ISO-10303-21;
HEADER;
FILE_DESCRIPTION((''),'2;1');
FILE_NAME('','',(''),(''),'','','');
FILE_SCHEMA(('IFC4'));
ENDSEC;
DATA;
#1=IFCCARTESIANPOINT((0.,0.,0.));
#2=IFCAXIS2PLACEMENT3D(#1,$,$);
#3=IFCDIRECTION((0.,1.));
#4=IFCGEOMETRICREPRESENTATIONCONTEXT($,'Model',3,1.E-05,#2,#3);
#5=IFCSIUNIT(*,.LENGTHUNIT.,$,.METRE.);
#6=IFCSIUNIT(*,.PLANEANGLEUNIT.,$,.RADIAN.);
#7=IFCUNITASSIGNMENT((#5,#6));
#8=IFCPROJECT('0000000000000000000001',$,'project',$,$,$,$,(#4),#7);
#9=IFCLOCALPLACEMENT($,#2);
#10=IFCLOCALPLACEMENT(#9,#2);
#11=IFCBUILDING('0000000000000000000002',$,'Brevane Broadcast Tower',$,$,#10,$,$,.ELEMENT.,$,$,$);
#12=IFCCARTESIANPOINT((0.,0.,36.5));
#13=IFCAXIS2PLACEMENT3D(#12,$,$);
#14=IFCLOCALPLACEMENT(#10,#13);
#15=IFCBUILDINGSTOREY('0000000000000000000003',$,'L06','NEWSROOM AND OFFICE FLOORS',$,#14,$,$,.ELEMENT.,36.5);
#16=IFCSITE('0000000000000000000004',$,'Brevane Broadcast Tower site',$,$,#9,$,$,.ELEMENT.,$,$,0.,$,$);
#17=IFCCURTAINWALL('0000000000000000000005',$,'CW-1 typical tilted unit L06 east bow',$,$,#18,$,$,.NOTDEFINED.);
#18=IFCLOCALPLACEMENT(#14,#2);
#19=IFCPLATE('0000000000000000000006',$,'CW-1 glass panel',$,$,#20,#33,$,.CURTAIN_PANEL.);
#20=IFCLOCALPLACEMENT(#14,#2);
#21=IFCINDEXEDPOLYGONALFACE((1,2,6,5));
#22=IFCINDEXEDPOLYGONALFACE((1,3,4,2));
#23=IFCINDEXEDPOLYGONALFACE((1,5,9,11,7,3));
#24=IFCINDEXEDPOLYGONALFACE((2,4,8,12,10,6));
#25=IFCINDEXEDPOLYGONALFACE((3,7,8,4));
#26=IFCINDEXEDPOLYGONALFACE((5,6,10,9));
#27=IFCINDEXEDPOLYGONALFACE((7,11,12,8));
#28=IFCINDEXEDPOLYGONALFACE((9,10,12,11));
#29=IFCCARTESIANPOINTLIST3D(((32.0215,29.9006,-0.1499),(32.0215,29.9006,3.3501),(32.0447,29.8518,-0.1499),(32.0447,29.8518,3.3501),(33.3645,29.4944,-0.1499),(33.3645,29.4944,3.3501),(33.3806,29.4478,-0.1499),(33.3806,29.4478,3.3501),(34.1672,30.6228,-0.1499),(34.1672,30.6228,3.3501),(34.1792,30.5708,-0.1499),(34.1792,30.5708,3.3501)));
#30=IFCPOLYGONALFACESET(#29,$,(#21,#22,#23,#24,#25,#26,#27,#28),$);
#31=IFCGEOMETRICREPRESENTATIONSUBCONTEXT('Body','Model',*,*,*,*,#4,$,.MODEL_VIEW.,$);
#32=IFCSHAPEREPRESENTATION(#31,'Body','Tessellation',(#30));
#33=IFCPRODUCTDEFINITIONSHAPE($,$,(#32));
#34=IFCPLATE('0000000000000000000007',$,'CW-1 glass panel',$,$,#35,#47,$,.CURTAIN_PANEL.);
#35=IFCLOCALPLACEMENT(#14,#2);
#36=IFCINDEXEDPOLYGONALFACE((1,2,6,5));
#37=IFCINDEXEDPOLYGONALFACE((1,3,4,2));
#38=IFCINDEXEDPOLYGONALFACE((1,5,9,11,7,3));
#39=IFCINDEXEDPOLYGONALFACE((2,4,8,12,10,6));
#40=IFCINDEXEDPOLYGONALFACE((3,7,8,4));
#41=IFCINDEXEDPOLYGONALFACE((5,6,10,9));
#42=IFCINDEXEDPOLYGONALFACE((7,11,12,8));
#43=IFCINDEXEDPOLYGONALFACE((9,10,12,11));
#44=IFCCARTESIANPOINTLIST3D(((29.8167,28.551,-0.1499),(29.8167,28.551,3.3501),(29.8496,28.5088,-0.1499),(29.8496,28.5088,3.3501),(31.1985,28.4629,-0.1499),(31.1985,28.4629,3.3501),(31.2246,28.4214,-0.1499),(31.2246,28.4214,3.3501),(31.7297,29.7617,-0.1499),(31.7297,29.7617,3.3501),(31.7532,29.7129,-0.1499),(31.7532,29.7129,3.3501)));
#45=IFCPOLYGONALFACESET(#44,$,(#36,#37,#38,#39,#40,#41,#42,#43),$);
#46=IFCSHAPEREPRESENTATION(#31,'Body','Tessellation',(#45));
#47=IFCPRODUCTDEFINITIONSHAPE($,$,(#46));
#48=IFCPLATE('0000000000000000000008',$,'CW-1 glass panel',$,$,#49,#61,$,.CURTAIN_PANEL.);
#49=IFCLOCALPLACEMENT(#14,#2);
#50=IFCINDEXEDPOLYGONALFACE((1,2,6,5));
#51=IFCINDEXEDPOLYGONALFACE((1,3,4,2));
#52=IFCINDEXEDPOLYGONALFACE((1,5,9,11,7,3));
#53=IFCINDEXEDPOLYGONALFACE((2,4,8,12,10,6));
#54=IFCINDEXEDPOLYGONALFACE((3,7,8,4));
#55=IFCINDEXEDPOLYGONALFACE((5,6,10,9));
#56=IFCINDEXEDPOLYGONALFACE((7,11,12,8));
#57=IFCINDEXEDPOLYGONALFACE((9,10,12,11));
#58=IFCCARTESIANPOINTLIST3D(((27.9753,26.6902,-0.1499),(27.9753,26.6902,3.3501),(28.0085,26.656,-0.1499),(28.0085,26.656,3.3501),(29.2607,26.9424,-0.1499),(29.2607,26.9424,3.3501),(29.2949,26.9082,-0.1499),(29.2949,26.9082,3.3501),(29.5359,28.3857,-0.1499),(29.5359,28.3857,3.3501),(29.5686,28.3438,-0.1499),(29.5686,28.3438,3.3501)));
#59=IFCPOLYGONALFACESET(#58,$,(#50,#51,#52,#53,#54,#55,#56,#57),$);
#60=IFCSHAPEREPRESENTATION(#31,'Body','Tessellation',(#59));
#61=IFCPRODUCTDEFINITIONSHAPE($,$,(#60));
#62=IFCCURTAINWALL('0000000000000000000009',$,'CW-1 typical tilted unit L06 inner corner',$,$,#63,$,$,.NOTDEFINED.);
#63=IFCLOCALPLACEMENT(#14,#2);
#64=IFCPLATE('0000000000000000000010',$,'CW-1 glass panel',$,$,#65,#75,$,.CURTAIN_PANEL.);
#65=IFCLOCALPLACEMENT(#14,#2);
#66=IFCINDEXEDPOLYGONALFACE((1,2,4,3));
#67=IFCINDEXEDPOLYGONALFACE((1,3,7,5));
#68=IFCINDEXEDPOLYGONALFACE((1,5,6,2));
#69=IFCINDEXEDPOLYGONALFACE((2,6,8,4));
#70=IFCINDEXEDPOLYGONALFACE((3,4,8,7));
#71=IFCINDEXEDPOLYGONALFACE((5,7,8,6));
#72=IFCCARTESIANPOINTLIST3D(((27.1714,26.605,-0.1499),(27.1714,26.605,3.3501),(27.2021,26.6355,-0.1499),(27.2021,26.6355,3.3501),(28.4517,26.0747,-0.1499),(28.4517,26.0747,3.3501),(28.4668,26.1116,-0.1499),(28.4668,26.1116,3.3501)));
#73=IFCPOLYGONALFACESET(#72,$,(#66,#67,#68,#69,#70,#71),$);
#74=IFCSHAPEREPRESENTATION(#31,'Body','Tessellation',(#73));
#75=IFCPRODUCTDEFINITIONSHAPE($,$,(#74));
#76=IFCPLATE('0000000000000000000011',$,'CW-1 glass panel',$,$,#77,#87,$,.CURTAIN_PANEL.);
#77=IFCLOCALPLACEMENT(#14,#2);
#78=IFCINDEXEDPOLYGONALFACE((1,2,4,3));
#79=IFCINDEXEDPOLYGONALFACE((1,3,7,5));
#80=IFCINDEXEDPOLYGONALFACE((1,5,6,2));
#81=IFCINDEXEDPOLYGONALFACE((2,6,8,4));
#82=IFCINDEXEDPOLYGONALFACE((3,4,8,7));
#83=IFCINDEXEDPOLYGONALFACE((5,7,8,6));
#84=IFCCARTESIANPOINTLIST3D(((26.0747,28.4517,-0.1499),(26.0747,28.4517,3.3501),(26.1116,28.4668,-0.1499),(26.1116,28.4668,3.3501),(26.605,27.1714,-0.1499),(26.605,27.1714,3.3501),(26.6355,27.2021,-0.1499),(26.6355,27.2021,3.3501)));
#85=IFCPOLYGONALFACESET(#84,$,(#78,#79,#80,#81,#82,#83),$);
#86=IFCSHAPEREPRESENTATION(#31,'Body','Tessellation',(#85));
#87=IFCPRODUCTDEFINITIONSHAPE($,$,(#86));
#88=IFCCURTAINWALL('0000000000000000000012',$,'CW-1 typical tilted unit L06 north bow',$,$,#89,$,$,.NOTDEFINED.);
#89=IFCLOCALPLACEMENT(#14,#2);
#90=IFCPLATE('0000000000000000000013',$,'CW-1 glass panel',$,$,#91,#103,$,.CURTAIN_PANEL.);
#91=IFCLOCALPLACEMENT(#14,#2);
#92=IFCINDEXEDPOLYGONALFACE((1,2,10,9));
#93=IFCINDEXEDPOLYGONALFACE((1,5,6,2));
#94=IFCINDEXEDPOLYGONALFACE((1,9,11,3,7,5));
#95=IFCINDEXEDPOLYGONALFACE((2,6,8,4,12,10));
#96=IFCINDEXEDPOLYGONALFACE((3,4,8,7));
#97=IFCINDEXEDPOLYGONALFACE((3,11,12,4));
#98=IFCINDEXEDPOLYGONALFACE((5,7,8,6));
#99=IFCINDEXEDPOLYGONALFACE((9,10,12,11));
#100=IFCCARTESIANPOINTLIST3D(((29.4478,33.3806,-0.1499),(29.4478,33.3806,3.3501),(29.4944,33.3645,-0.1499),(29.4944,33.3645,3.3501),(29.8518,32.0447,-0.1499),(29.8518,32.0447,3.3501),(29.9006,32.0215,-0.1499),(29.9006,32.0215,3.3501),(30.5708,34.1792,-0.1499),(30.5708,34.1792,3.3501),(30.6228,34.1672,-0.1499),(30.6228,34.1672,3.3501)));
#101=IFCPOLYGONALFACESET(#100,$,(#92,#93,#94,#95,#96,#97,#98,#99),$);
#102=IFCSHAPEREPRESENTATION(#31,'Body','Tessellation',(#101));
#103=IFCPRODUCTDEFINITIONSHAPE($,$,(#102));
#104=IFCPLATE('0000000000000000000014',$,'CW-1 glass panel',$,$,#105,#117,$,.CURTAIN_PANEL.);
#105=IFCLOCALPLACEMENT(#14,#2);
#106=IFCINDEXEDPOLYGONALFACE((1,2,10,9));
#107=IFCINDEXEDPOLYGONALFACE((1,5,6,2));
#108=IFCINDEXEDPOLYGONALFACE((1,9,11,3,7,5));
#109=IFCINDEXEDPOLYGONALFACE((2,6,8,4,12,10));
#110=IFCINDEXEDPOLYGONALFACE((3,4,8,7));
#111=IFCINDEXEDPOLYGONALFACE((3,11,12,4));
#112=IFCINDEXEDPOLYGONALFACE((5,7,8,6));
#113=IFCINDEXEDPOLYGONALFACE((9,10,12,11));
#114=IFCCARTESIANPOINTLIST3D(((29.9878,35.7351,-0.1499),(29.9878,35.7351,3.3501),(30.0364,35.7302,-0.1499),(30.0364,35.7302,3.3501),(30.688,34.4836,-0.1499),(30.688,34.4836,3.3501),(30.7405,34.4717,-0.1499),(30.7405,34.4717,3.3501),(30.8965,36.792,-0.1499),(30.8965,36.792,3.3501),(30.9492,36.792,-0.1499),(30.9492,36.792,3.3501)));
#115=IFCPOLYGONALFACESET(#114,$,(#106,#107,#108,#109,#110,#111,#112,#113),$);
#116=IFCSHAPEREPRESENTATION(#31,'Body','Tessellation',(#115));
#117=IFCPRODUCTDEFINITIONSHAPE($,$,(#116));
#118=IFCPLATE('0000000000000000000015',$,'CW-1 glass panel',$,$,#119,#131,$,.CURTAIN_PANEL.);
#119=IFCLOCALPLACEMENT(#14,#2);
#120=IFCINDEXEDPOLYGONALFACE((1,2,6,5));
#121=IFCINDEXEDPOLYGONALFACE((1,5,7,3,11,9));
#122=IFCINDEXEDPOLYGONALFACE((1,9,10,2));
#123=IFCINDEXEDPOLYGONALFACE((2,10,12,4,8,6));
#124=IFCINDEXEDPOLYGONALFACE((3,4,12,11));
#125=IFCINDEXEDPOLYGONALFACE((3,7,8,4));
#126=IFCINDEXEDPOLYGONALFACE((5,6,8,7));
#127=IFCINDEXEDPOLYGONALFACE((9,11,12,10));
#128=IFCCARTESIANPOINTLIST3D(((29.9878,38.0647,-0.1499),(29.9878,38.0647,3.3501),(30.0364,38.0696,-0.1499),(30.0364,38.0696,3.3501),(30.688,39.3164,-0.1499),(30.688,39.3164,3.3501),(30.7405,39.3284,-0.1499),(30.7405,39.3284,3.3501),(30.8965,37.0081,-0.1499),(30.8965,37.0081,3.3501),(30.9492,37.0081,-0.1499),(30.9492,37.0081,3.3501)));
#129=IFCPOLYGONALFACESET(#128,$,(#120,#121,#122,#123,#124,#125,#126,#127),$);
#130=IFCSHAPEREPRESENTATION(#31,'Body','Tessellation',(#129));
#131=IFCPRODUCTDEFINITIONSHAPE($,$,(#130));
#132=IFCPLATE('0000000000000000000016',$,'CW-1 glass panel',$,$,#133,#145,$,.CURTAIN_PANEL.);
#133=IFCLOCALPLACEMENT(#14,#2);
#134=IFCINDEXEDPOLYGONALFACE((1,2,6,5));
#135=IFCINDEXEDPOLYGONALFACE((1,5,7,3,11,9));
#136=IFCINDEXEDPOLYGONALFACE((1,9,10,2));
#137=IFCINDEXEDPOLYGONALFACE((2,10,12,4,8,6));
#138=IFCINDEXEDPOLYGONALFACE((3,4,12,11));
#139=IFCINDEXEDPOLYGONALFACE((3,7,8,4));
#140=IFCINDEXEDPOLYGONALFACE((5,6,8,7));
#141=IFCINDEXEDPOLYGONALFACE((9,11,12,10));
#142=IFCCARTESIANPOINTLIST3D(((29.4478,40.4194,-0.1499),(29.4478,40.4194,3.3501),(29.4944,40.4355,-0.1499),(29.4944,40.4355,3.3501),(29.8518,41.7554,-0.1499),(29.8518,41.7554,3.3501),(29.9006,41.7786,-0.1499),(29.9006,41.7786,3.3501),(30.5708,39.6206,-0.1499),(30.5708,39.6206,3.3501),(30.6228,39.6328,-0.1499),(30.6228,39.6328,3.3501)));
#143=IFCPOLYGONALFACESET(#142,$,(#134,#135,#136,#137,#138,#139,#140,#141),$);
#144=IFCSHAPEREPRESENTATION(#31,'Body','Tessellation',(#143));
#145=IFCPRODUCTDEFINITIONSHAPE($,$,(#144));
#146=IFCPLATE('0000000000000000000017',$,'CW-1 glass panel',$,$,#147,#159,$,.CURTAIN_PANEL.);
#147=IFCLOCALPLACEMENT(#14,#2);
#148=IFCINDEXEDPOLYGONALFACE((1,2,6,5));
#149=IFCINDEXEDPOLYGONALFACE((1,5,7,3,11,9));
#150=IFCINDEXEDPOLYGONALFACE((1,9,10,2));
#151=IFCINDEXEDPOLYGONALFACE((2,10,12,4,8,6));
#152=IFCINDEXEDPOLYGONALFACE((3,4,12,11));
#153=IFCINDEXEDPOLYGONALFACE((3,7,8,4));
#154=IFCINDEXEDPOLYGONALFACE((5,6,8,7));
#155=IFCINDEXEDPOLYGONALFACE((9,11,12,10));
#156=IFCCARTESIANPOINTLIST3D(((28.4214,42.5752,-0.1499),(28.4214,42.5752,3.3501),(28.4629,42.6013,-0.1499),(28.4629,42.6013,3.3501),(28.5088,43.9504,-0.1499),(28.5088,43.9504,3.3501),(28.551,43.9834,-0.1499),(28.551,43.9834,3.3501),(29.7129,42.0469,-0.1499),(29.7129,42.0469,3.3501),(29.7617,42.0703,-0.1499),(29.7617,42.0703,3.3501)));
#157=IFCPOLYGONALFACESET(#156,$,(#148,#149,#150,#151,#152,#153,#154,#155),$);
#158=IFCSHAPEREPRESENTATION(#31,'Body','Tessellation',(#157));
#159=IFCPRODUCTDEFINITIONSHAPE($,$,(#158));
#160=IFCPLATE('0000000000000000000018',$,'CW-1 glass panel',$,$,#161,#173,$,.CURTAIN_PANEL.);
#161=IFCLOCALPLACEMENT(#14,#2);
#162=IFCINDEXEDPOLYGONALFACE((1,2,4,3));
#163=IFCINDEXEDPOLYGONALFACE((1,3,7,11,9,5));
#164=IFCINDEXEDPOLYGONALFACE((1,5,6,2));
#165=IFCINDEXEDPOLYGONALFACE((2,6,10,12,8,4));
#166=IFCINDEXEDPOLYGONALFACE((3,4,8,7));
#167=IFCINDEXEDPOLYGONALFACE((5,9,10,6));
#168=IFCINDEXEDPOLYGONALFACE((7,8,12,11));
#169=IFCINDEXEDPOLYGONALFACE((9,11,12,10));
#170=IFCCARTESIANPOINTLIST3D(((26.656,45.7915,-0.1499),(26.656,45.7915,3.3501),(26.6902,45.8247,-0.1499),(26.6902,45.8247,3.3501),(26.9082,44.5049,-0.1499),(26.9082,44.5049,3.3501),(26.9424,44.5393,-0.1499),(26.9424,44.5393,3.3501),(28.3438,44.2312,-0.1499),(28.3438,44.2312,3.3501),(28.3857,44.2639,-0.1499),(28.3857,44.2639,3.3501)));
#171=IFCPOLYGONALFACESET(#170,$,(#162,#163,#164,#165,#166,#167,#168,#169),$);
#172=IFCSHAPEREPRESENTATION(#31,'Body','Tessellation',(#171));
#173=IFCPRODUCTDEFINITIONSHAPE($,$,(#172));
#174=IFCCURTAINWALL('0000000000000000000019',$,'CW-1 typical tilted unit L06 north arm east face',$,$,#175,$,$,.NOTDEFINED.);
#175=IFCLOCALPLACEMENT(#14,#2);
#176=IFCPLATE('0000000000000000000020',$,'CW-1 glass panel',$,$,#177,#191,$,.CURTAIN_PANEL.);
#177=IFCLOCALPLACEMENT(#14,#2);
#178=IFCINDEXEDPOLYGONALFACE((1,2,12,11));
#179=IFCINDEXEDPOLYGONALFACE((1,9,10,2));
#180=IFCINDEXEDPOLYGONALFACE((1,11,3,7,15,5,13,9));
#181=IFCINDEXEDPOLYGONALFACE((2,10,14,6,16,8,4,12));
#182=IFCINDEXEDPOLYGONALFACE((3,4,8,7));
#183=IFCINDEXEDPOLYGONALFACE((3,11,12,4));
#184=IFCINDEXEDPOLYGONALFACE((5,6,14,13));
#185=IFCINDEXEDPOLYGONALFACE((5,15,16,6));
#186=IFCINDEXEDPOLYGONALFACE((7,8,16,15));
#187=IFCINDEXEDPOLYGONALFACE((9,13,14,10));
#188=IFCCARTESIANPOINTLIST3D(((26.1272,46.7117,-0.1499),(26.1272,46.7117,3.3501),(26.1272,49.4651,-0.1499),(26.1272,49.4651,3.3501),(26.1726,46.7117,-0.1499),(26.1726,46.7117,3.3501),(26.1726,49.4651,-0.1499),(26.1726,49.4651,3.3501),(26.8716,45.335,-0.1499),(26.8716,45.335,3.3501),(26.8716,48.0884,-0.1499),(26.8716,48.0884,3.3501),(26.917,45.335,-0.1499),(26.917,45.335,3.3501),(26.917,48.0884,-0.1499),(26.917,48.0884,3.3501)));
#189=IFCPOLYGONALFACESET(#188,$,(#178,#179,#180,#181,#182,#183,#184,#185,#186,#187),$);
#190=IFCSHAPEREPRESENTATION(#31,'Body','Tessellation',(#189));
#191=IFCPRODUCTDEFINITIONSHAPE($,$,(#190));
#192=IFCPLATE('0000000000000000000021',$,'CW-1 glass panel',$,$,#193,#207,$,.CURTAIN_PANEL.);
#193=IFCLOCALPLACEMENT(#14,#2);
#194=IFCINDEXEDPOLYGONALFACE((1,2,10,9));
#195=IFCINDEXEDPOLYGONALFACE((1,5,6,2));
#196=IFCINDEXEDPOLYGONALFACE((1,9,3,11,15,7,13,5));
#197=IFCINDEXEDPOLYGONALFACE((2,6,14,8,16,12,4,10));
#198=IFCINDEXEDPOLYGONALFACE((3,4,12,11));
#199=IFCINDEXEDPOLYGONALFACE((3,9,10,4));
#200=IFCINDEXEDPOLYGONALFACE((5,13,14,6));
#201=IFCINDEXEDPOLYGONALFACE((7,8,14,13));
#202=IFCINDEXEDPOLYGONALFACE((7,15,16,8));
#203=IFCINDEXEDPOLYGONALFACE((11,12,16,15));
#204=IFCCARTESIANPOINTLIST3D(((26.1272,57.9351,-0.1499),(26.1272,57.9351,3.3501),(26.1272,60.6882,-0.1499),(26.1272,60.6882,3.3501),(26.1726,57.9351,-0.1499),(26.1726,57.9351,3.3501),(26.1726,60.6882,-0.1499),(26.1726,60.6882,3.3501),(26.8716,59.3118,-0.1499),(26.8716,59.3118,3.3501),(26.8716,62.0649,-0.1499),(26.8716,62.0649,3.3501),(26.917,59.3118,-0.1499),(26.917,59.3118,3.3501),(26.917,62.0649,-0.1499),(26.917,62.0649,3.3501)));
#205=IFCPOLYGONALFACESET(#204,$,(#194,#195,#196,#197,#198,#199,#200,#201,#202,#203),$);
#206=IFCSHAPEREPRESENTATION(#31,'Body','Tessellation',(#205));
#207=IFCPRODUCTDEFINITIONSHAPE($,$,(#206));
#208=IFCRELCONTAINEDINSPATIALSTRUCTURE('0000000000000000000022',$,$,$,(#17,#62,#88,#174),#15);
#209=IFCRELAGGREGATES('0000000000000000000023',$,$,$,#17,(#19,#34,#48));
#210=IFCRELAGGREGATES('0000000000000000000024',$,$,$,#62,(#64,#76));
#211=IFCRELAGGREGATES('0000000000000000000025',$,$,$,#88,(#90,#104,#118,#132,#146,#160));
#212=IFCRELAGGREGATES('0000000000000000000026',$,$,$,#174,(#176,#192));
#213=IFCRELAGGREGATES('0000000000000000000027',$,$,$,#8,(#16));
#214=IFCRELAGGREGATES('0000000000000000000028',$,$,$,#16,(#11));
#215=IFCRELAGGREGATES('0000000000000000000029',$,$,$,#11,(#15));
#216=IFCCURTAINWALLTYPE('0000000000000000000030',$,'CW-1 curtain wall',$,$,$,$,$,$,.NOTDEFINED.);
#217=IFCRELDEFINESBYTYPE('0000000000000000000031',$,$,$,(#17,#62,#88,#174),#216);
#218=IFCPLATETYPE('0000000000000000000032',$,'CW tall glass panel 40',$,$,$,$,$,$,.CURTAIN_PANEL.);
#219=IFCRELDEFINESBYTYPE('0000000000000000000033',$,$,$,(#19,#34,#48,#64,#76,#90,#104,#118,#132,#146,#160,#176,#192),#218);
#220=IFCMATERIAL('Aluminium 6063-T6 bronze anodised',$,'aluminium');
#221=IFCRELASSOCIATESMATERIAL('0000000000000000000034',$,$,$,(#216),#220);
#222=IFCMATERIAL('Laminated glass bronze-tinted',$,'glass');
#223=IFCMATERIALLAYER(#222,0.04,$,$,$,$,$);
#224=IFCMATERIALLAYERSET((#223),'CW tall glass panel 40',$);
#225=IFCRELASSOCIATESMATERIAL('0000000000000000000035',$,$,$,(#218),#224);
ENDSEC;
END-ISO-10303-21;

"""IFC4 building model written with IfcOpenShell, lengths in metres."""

from ifc_helpers import new_model, si_unit, direction, frame, origin, place, context, subcontext, project, spatial, polyline, outline, extrude, material, layer, layer_set, type_object, element, aggregate, save


model = new_model("IFC4")

# Units and contexts
model_context = context("Model", 3, precision=1e-05, world=origin(), true_north=direction((0.0, 1.0)))
body_context = subcontext(model_context, "Body", "Model", "MODEL_VIEW")
ifc_project = project(units=[si_unit("LENGTHUNIT", "METRE"), si_unit("PLANEANGLEUNIT", "RADIAN")], contexts=[model_context])

# Site, building, storey
site_placement = place(None, origin())
site = spatial("IfcSite", under=ifc_project, at=site_placement, Name="Brevane Broadcast Tower site", CompositionType="ELEMENT", RefElevation=0.0)
building_placement = place(site_placement, origin())
building = spatial("IfcBuilding", under=site, at=building_placement, Name="Brevane Broadcast Tower", CompositionType="ELEMENT")
storey_placement = place(building_placement, frame((0.0, 0.0, 36.5)))
storey = spatial("IfcBuildingStorey", under=building, at=storey_placement, Name="L06", Description="NEWSROOM AND OFFICE FLOORS", CompositionType="ELEMENT", Elevation=36.5)

# Curtain walls, plates
ifc_material_1 = material(Name="Aluminium 6063-T6 bronze anodised", Category="aluminium")
curtain_wall_type = type_object("IfcCurtainWallType", Name="CW-1 curtain wall", PredefinedType="NOTDEFINED", material=ifc_material_1)
curtain_wall_1_placement = place(storey_placement, origin())
curtain_wall_1 = element("IfcCurtainWall", 1, at=curtain_wall_1_placement, inside=storey, type_object=curtain_wall_type, Name="CW-1 typical tilted unit L06 east bow", PredefinedType="NOTDEFINED")
ifc_material_2 = material(Name="Laminated glass bronze-tinted", Category="glass")
ifc_layer_1 = layer(ifc_material_2, 0.04)
ifc_layer_set_1 = layer_set([ifc_layer_1], Name="CW tall glass panel 40")
plate_type = type_object("IfcPlateType", Name="CW tall glass panel 40", PredefinedType="CURTAIN_PANEL", material=ifc_layer_set_1)
plate_1_placement = place(storey_placement, frame((0.0, 0.0, -0.1499)))
plate_1 = element("IfcPlate", 2, at=plate_1_placement, type_object=plate_type, Name="CW-1 glass panel", PredefinedType="CURTAIN_PANEL", context=body_context, shape_type="SweptSolid", body=[
    extrude(outline(polyline([(34.1792, 30.5708), (34.1672, 30.6228), (33.3645, 29.4944), (32.0215, 29.9006), (32.0447, 29.8518), (33.3806, 29.4478), (34.1792, 30.5708)])), origin(), (0.0, 0.0, 1.0), 3.5),
])
plate_2_placement = place(storey_placement, frame((0.0, 0.0, -0.1499)))
plate_2 = element("IfcPlate", 3, at=plate_2_placement, type_object=plate_type, Name="CW-1 glass panel", PredefinedType="CURTAIN_PANEL", context=body_context, shape_type="SweptSolid", body=[
    extrude(outline(polyline([(31.7532, 29.7129), (31.7297, 29.7617), (31.1985, 28.4629), (29.8167, 28.551), (29.8496, 28.5088), (31.2246, 28.4214), (31.7532, 29.7129)])), origin(), (0.0, 0.0, 1.0), 3.5),
])
plate_3_placement = place(storey_placement, frame((0.0, 0.0, -0.1499)))
plate_3 = element("IfcPlate", 4, at=plate_3_placement, type_object=plate_type, Name="CW-1 glass panel", PredefinedType="CURTAIN_PANEL", context=body_context, shape_type="SweptSolid", body=[
    extrude(outline(polyline([(29.5686, 28.3438), (29.5359, 28.3857), (29.2607, 26.9424), (27.9753, 26.6902), (28.0085, 26.656), (29.2949, 26.9082), (29.5686, 28.3438)])), origin(), (0.0, 0.0, 1.0), 3.5),
])
aggregate(curtain_wall_1, [plate_1, plate_2, plate_3])
curtain_wall_2_placement = place(storey_placement, origin())
curtain_wall_2 = element("IfcCurtainWall", 5, at=curtain_wall_2_placement, inside=storey, type_object=curtain_wall_type, Name="CW-1 typical tilted unit L06 inner corner", PredefinedType="NOTDEFINED")
plate_4_placement = place(storey_placement, frame((0.0, 0.0, -0.1499)))
plate_4 = element("IfcPlate", 6, at=plate_4_placement, type_object=plate_type, Name="CW-1 glass panel", PredefinedType="CURTAIN_PANEL", context=body_context, shape_type="SweptSolid", body=[
    extrude(outline(polyline([(28.4517, 26.0747), (28.4668, 26.1116), (27.2021, 26.6355), (27.1714, 26.605), (28.4517, 26.0747)])), origin(), (0.0, 0.0, 1.0), 3.5),
])
plate_5_placement = place(storey_placement, frame((0.0, 0.0, -0.1499)))
plate_5 = element("IfcPlate", 7, at=plate_5_placement, type_object=plate_type, Name="CW-1 glass panel", PredefinedType="CURTAIN_PANEL", context=body_context, shape_type="SweptSolid", body=[
    extrude(outline(polyline([(26.605, 27.1714), (26.6355, 27.2021), (26.1116, 28.4668), (26.0747, 28.4517), (26.605, 27.1714)])), origin(), (0.0, 0.0, 1.0), 3.5),
])
aggregate(curtain_wall_2, [plate_4, plate_5])
curtain_wall_3_placement = place(storey_placement, origin())
curtain_wall_3 = element("IfcCurtainWall", 8, at=curtain_wall_3_placement, inside=storey, type_object=curtain_wall_type, Name="CW-1 typical tilted unit L06 north bow", PredefinedType="NOTDEFINED")
plate_6_placement = place(storey_placement, frame((0.0, 0.0, -0.1499)))
plate_6 = element("IfcPlate", 9, at=plate_6_placement, type_object=plate_type, Name="CW-1 glass panel", PredefinedType="CURTAIN_PANEL", context=body_context, shape_type="SweptSolid", body=[
    extrude(outline(polyline([(29.8518, 32.0447), (29.9006, 32.0215), (29.4944, 33.3645), (30.6228, 34.1672), (30.5708, 34.1792), (29.4478, 33.3806), (29.8518, 32.0447)])), origin(), (0.0, 0.0, 1.0), 3.5),
])
plate_7_placement = place(storey_placement, frame((0.0, 0.0, -0.1499)))
plate_7 = element("IfcPlate", 10, at=plate_7_placement, type_object=plate_type, Name="CW-1 glass panel", PredefinedType="CURTAIN_PANEL", context=body_context, shape_type="SweptSolid", body=[
    extrude(outline(polyline([(30.688, 34.4836), (30.7405, 34.4717), (30.0364, 35.7302), (30.9492, 36.792), (30.8965, 36.792), (29.9878, 35.7351), (30.688, 34.4836)])), origin(), (0.0, 0.0, 1.0), 3.5),
])
plate_8_placement = place(storey_placement, frame((0.0, 0.0, -0.1499)))
plate_8 = element("IfcPlate", 11, at=plate_8_placement, type_object=plate_type, Name="CW-1 glass panel", PredefinedType="CURTAIN_PANEL", context=body_context, shape_type="SweptSolid", body=[
    extrude(outline(polyline([(30.8965, 37.0081), (30.9492, 37.0081), (30.0364, 38.0696), (30.7405, 39.3284), (30.688, 39.3164), (29.9878, 38.0647), (30.8965, 37.0081)])), origin(), (0.0, 0.0, 1.0), 3.5),
])
plate_9_placement = place(storey_placement, frame((0.0, 0.0, -0.1499)))
plate_9 = element("IfcPlate", 12, at=plate_9_placement, type_object=plate_type, Name="CW-1 glass panel", PredefinedType="CURTAIN_PANEL", context=body_context, shape_type="SweptSolid", body=[
    extrude(outline(polyline([(30.5708, 39.6206), (30.6228, 39.6328), (29.4944, 40.4355), (29.9006, 41.7786), (29.8518, 41.7554), (29.4478, 40.4194), (30.5708, 39.6206)])), origin(), (0.0, 0.0, 1.0), 3.5),
])
plate_10_placement = place(storey_placement, frame((0.0, 0.0, -0.1499)))
plate_10 = element("IfcPlate", 13, at=plate_10_placement, type_object=plate_type, Name="CW-1 glass panel", PredefinedType="CURTAIN_PANEL", context=body_context, shape_type="SweptSolid", body=[
    extrude(outline(polyline([(29.7129, 42.0469), (29.7617, 42.0703), (28.4629, 42.6013), (28.551, 43.9834), (28.5088, 43.9504), (28.4214, 42.5752), (29.7129, 42.0469)])), origin(), (0.0, 0.0, 1.0), 3.5),
])
plate_11_placement = place(storey_placement, frame((0.0, 0.0, -0.1499)))
plate_11 = element("IfcPlate", 14, at=plate_11_placement, type_object=plate_type, Name="CW-1 glass panel", PredefinedType="CURTAIN_PANEL", context=body_context, shape_type="SweptSolid", body=[
    extrude(outline(polyline([(28.3438, 44.2312), (28.3857, 44.2639), (26.9424, 44.5393), (26.6902, 45.8247), (26.656, 45.7915), (26.9082, 44.5049), (28.3438, 44.2312)])), origin(), (0.0, 0.0, 1.0), 3.5),
])
curtain_wall_4_placement = place(storey_placement, origin())
curtain_wall_4 = element("IfcCurtainWall", 15, at=curtain_wall_4_placement, inside=storey, type_object=curtain_wall_type, Name="CW-1 typical tilted unit L06 north arm east face", PredefinedType="NOTDEFINED")
plate_12_placement = place(storey_placement, frame((0.0, 0.0, -0.1499)))
plate_12 = element("IfcPlate", 16, at=plate_12_placement, type_object=plate_type, Name="CW-1 glass panel", PredefinedType="CURTAIN_PANEL", context=body_context, shape_type="SweptSolid", body=[
    extrude(outline(polyline([(26.8716, 45.335), (26.917, 45.335), (26.1726, 46.7117), (26.917, 48.0884), (26.1726, 49.4651), (26.1272, 49.4651), (26.8716, 48.0884), (26.1272, 46.7117), (26.8716, 45.335)])), origin(), (0.0, 0.0, 1.0), 3.5),
])
plate_13_placement = place(storey_placement, frame((0.0, 0.0, -0.1499)))
plate_13 = element("IfcPlate", 17, at=plate_13_placement, type_object=plate_type, Name="CW-1 glass panel", PredefinedType="CURTAIN_PANEL", context=body_context, shape_type="SweptSolid", body=[
    extrude(outline(polyline([(26.1272, 57.9351), (26.1726, 57.9351), (26.917, 59.3118), (26.1726, 60.6882), (26.917, 62.0649), (26.8716, 62.0649), (26.1272, 60.6882), (26.8716, 59.3118), (26.1272, 57.9351)])), origin(), (0.0, 0.0, 1.0), 3.5),
])

aggregate(curtain_wall_3, [plate_6, plate_7, plate_8, plate_9, plate_10, plate_11])
aggregate(curtain_wall_4, [plate_12, plate_13])

save(model, "model.ifc")
